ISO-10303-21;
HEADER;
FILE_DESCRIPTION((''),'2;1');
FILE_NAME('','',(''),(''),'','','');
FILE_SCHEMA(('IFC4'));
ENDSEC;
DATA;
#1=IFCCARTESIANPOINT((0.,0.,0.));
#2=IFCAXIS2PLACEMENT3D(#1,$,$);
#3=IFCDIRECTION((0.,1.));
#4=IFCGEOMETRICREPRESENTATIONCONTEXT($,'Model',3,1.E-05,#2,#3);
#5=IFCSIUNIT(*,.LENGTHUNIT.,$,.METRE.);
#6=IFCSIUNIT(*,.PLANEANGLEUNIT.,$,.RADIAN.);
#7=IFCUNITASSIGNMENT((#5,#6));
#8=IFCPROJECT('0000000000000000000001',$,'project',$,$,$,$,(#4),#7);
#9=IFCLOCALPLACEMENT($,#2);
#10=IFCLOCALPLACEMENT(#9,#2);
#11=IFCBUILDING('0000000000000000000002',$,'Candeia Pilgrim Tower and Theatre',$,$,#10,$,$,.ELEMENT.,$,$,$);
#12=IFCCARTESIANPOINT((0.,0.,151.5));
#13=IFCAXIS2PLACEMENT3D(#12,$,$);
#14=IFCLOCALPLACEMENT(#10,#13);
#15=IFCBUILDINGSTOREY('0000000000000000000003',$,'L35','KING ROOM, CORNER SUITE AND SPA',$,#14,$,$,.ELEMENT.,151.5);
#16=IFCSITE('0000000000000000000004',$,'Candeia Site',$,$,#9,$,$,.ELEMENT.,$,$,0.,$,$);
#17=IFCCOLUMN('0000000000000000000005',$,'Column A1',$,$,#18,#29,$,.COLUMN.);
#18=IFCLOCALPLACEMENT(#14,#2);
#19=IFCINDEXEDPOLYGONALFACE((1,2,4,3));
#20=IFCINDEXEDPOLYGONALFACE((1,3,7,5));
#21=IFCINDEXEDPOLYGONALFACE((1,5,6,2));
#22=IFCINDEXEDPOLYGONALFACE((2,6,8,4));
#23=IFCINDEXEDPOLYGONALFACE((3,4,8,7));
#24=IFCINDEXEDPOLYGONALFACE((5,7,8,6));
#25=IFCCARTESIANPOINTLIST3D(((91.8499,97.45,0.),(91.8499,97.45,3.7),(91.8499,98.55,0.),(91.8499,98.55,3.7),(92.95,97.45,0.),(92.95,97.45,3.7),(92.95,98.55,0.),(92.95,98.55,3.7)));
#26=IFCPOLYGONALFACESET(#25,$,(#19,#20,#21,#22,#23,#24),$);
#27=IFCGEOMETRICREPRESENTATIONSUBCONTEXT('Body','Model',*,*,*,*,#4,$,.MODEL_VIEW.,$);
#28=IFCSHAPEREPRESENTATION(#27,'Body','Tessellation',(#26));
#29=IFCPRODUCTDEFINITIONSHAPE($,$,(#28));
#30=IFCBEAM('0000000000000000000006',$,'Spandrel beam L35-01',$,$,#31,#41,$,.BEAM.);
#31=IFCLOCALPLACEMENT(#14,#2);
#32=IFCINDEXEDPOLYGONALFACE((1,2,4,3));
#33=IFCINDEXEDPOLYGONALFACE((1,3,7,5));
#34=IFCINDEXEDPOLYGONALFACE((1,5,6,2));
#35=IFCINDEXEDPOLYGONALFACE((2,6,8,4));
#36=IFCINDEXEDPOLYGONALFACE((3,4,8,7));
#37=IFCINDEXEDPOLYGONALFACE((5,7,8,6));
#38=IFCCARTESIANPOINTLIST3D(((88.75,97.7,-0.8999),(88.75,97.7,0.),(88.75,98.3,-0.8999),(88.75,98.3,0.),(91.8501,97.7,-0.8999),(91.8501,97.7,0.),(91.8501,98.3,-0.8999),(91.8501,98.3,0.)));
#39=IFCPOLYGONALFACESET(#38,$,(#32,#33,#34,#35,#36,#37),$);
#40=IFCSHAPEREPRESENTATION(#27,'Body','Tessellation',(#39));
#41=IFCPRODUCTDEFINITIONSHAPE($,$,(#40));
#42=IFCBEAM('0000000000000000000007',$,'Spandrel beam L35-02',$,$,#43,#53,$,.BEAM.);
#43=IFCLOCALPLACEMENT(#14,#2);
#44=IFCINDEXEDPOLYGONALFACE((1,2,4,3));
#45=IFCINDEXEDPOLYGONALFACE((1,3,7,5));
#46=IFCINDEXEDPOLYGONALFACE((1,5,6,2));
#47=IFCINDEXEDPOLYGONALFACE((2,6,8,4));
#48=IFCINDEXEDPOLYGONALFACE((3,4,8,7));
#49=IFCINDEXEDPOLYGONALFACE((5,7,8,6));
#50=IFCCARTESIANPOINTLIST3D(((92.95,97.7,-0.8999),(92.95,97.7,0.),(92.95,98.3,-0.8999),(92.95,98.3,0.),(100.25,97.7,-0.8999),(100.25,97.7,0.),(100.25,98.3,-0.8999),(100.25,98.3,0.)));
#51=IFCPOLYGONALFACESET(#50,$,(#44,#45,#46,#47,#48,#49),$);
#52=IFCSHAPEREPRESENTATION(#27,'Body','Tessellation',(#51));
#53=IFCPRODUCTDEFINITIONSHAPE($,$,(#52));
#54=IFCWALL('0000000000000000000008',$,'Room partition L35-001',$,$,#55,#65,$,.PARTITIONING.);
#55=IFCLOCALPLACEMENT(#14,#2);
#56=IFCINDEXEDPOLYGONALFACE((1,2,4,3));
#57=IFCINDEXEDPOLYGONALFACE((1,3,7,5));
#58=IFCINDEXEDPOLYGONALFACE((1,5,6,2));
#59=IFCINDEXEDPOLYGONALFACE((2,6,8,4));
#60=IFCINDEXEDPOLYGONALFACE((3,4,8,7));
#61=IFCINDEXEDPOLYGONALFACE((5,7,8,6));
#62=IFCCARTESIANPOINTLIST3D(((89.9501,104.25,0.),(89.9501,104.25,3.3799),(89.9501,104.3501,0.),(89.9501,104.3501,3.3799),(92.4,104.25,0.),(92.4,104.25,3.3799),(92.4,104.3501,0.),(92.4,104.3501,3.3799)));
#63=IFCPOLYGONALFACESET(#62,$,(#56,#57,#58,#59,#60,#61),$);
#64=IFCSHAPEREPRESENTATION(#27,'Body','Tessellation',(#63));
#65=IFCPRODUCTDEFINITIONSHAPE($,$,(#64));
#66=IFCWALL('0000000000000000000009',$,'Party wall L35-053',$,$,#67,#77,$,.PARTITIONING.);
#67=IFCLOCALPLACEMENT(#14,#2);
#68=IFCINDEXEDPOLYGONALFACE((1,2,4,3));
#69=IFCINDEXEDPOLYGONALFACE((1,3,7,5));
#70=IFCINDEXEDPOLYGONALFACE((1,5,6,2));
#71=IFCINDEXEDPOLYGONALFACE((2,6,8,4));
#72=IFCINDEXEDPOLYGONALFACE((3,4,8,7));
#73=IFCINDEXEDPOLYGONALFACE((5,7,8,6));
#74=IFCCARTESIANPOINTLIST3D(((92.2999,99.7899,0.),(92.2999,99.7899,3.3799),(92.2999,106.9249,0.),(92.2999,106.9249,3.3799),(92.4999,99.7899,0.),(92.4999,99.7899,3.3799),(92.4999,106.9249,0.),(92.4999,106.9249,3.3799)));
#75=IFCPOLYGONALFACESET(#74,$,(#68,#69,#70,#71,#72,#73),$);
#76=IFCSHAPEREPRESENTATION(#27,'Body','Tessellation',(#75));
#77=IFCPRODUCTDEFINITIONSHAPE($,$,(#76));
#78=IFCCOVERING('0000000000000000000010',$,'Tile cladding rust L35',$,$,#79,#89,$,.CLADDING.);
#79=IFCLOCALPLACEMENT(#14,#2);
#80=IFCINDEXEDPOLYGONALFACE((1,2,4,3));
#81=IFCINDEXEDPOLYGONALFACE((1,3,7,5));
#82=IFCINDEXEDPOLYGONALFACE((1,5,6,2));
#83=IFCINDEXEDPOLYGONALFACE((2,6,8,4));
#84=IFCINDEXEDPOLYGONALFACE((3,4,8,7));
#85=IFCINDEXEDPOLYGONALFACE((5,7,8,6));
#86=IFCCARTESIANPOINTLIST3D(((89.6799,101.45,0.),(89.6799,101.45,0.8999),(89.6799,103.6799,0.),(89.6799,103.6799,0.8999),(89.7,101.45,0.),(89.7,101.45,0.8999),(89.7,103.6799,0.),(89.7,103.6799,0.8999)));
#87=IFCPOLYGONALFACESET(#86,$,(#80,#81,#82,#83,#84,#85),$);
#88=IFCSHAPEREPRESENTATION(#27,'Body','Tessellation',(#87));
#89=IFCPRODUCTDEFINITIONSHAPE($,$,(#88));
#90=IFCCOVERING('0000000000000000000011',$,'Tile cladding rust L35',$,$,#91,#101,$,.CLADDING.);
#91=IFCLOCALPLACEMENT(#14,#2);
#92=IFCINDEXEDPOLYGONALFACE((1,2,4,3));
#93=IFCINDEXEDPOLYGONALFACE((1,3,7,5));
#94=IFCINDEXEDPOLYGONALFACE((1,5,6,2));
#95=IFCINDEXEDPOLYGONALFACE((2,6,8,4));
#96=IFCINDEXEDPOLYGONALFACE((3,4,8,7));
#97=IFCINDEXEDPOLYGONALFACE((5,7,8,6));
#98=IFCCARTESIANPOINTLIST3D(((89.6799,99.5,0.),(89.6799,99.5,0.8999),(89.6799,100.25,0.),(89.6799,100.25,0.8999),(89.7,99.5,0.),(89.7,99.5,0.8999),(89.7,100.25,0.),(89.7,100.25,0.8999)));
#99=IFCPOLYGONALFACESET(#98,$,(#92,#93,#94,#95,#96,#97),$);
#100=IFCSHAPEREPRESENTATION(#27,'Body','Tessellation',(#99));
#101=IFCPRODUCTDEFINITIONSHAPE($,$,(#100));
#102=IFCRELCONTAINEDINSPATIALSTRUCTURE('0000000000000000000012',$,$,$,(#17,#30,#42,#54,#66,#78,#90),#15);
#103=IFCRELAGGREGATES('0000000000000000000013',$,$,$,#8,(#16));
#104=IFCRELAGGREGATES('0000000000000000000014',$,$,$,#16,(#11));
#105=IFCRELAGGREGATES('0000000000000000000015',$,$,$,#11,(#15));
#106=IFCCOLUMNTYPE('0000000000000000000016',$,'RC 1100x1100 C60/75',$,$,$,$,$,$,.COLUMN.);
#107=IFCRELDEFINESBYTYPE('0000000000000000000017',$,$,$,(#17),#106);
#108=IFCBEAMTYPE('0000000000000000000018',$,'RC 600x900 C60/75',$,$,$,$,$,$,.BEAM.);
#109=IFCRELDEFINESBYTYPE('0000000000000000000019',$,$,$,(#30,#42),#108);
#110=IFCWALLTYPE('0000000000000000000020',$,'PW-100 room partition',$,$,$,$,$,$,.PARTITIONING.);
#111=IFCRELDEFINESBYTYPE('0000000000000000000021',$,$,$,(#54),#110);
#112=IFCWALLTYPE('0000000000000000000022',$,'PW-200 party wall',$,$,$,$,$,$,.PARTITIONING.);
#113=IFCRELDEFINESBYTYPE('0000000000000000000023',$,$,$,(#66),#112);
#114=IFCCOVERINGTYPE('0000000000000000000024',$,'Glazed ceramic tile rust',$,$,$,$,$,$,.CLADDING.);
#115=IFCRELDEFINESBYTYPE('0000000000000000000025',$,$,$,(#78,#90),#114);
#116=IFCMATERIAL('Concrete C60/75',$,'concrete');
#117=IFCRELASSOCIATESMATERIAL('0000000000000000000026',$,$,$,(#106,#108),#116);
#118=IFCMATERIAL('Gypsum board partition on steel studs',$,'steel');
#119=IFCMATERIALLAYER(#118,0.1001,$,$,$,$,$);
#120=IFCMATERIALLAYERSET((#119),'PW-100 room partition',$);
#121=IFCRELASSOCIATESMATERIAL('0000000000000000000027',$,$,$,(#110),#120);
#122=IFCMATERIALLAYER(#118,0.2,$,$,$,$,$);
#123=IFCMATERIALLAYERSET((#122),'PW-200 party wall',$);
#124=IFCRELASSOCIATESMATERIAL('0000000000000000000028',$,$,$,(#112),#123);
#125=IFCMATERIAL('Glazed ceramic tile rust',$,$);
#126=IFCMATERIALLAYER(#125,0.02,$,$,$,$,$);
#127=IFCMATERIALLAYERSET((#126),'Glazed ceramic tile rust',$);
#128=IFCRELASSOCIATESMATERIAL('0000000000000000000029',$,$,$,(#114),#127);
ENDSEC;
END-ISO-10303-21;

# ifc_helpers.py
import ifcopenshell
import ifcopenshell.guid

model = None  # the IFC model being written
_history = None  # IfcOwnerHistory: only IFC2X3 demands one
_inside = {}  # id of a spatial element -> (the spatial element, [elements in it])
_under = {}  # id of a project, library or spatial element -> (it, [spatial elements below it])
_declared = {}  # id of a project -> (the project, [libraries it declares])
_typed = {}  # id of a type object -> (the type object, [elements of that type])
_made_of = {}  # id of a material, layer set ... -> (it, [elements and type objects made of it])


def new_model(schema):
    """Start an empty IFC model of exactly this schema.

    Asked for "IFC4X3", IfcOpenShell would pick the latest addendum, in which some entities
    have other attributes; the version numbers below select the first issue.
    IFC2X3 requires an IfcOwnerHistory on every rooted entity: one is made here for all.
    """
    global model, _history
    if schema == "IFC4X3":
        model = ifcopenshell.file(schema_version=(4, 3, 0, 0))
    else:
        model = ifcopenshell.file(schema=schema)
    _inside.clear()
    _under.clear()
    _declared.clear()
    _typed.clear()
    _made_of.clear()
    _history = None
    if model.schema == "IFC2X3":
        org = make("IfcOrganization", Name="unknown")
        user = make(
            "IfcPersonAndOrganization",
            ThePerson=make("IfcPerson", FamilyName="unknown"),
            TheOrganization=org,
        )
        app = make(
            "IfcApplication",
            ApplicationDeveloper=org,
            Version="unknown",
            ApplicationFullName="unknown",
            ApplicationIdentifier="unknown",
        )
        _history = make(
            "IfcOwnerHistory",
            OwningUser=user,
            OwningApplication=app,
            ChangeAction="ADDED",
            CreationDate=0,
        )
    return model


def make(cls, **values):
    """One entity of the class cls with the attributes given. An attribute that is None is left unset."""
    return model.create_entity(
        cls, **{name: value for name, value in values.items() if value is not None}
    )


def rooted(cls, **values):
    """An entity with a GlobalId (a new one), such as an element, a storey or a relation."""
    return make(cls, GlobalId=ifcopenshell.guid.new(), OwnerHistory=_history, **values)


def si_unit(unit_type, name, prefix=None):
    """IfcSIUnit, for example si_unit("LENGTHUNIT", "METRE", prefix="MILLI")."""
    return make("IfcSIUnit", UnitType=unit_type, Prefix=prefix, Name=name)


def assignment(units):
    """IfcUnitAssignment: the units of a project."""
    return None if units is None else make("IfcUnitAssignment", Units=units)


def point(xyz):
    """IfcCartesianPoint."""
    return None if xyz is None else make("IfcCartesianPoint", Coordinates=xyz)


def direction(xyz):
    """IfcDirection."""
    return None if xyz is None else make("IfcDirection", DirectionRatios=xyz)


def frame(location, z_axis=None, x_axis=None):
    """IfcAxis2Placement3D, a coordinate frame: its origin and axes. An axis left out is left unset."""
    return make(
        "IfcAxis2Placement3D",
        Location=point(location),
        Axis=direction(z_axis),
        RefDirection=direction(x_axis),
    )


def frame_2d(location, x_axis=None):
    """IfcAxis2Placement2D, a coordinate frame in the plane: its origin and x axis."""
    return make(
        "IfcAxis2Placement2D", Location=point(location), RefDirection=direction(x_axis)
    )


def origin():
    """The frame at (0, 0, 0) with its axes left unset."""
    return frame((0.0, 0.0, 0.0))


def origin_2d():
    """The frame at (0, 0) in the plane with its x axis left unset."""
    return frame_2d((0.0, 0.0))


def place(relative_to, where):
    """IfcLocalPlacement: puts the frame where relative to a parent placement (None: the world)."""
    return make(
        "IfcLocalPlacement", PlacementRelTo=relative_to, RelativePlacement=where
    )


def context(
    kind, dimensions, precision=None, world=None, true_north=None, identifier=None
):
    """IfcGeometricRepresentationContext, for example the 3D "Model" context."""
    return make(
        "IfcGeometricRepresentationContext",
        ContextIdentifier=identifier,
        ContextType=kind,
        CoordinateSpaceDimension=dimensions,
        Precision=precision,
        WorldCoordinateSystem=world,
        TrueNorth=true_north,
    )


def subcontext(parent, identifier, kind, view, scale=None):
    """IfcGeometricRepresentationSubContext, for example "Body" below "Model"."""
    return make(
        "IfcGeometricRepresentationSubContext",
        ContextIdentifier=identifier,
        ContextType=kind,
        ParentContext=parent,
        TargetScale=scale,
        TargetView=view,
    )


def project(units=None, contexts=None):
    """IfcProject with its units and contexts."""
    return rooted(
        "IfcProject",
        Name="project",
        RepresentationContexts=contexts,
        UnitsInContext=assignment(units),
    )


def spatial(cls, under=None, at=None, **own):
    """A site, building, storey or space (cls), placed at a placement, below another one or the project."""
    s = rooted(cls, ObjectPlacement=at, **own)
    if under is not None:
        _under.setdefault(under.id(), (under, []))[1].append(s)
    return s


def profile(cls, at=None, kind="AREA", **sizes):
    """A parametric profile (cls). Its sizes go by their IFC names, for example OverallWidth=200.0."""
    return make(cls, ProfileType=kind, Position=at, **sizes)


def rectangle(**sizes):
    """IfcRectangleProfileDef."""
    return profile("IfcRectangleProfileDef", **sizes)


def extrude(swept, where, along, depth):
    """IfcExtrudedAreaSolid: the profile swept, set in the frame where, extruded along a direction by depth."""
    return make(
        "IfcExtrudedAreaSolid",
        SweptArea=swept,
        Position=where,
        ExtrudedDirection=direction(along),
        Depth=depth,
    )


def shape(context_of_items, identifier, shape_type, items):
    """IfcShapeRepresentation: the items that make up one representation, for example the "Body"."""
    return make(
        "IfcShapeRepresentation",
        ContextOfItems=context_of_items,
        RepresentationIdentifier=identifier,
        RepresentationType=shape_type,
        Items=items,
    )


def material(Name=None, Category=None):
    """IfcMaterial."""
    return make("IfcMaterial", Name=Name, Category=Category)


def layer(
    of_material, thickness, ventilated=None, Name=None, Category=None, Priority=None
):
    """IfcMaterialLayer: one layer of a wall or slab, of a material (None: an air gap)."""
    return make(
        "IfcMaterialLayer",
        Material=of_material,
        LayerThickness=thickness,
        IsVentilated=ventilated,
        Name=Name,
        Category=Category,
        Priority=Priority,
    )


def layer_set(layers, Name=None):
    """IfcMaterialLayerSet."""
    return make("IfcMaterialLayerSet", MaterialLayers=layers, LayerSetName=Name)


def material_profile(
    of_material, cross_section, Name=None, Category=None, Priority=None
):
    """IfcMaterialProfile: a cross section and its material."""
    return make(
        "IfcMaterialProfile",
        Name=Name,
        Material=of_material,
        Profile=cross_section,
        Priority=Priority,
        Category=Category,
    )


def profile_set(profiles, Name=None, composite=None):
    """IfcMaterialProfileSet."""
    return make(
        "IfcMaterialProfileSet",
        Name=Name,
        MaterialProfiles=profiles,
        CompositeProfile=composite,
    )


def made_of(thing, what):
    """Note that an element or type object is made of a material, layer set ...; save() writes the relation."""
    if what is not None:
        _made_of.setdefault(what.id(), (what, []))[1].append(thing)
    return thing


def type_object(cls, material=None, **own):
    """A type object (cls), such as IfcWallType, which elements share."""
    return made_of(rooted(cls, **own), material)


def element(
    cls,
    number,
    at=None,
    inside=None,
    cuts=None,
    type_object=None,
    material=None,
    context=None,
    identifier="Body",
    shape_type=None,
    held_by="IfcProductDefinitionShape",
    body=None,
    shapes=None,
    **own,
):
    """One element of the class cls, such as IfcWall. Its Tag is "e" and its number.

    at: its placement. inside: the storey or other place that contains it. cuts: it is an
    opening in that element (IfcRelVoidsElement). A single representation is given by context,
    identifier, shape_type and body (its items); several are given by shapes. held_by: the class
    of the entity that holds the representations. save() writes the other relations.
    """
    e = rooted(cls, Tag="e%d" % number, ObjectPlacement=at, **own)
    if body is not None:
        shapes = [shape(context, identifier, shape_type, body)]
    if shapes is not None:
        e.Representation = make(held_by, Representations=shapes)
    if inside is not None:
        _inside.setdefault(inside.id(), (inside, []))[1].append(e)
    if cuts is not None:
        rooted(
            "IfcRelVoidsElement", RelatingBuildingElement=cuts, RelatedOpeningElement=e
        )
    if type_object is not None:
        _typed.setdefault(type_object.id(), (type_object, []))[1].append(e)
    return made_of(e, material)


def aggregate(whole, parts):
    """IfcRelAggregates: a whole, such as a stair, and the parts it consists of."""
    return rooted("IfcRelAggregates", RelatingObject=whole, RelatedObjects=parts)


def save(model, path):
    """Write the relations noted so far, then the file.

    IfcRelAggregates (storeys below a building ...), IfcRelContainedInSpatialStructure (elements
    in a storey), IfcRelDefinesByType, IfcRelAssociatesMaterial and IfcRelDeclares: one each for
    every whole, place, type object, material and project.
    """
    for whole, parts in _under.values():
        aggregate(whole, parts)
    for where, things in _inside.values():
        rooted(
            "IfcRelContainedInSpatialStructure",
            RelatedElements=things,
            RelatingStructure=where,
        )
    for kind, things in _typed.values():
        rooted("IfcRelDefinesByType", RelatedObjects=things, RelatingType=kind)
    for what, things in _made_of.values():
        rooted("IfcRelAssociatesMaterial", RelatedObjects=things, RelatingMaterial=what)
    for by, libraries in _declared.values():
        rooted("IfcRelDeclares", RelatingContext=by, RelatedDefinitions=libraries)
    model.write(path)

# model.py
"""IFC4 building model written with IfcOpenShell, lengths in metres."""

from ifc_helpers import new_model, si_unit, direction, frame, frame_2d, origin, origin_2d, place, context, subcontext, project, spatial, rectangle, extrude, material, layer, layer_set, material_profile, profile_set, type_object, element, save


model = new_model("IFC4")

# Units and contexts
model_context = context("Model", 3, precision=1e-05, world=origin(), true_north=direction((0.0, 1.0)))
body_context = subcontext(model_context, "Body", "Model", "MODEL_VIEW")
ifc_project = project(units=[si_unit("LENGTHUNIT", "METRE"), si_unit("PLANEANGLEUNIT", "RADIAN")], contexts=[model_context])

# Site, building, storey
site_placement = place(None, origin())
site = spatial("IfcSite", under=ifc_project, at=site_placement, Name="Candeia Site", CompositionType="ELEMENT", RefElevation=0.0)
building_placement = place(site_placement, origin())
building = spatial("IfcBuilding", under=site, at=building_placement, Name="Candeia Pilgrim Tower and Theatre", CompositionType="ELEMENT")
storey_placement = place(building_placement, frame((0.0, 0.0, 151.5)))
storey = spatial("IfcBuildingStorey", under=building, at=storey_placement, Name="L35", Description="KING ROOM, CORNER SUITE AND SPA", CompositionType="ELEMENT", Elevation=151.5)

# Column
ifc_material_1 = material(Name="Concrete C60/75", Category="concrete")
ifc_material_profile_1 = material_profile(ifc_material_1, rectangle(XDim=1.1001, YDim=1.1001, at=origin_2d()))
ifc_profile_set_1 = profile_set([ifc_material_profile_1], Name="Concrete C60/75")
column_type = type_object("IfcColumnType", Name="RC 1100x1100 C60/75", PredefinedType="COLUMN", material=ifc_profile_set_1)
column_placement = place(storey_placement, frame((92.3999, 98.0, 0.0), z_axis=(0.0, 0.0, 1.0), x_axis=(1.0, 0.0, 0.0)))
element("IfcColumn", 1, at=column_placement, inside=storey, type_object=column_type, Name="Column A1", PredefinedType="COLUMN", context=body_context, shape_type="SweptSolid", body=[
    extrude(rectangle(XDim=1.1001, YDim=1.1001, at=origin_2d()), origin(), (0.0, 0.0, 1.0), 3.7),
])

# Beams
ifc_material_profile_2 = material_profile(ifc_material_1, rectangle(XDim=0.6001, YDim=0.8999, at=origin_2d()))
ifc_profile_set_2 = profile_set([ifc_material_profile_2], Name="Concrete C60/75")
beam_type = type_object("IfcBeamType", Name="RC 600x900 C60/75", PredefinedType="BEAM", material=ifc_profile_set_2)
beam_1_placement = place(storey_placement, frame((88.75, 98.0, -0.45), z_axis=(1.0, 0.0, 0.0), x_axis=(0.0, 1.0, 0.0)))
element("IfcBeam", 2, at=beam_1_placement, inside=storey, type_object=beam_type, Name="Spandrel beam L35-01", PredefinedType="BEAM", context=body_context, shape_type="SweptSolid", body=[
    extrude(rectangle(XDim=0.6001, YDim=0.8999, at=origin_2d()), origin(), (0.0, 0.0, 1.0), 3.1001),
])
beam_2_placement = place(storey_placement, frame((92.95, 98.0, -0.45), z_axis=(1.0, 0.0, 0.0), x_axis=(0.0, 1.0, 0.0)))
element("IfcBeam", 3, at=beam_2_placement, inside=storey, type_object=beam_type, Name="Spandrel beam L35-02", PredefinedType="BEAM", context=body_context, shape_type="SweptSolid", body=[
    extrude(rectangle(XDim=0.6001, YDim=0.8999, at=origin_2d()), origin(), (0.0, 0.0, 1.0), 7.3),
])

# Walls
ifc_material_2 = material(Name="Gypsum board partition on steel studs", Category="steel")
ifc_layer_1 = layer(ifc_material_2, 0.1001)
ifc_layer_set_1 = layer_set([ifc_layer_1], Name="PW-100 room partition")
wall_type_1 = type_object("IfcWallType", Name="PW-100 room partition", PredefinedType="PARTITIONING", material=ifc_layer_set_1)
wall_1_placement = place(storey_placement, frame((89.95, 104.3, 0.0), z_axis=(0.0, 0.0, 1.0), x_axis=(1.0, 0.0, 0.0)))
element("IfcWall", 4, at=wall_1_placement, inside=storey, type_object=wall_type_1, Name="Room partition L35-001", PredefinedType="PARTITIONING", context=body_context, shape_type="SweptSolid", body=[
    extrude(rectangle(XDim=2.45, YDim=0.1001, at=frame_2d((1.2251, 0.0))), origin(), (0.0, 0.0, 1.0), 3.3799),
])
ifc_layer_2 = layer(ifc_material_2, 0.2)
ifc_layer_set_2 = layer_set([ifc_layer_2], Name="PW-200 party wall")
wall_type_2 = type_object("IfcWallType", Name="PW-200 party wall", PredefinedType="PARTITIONING", material=ifc_layer_set_2)
wall_2_placement = place(storey_placement, frame((92.3999, 99.79, 0.0), z_axis=(0.0, 0.0, 1.0), x_axis=(0.0, 1.0, 0.0)))
element("IfcWall", 5, at=wall_2_placement, inside=storey, type_object=wall_type_2, Name="Party wall L35-053", PredefinedType="PARTITIONING", context=body_context, shape_type="SweptSolid", body=[
    extrude(rectangle(XDim=7.135, YDim=0.2, at=frame_2d((3.5674, 0.0))), origin(), (0.0, 0.0, 1.0), 3.3799),
])

# Coverings
ifc_material_3 = material(Name="Glazed ceramic tile rust")
ifc_layer_3 = layer(ifc_material_3, 0.02)
ifc_layer_set_3 = layer_set([ifc_layer_3], Name="Glazed ceramic tile rust")
covering_type = type_object("IfcCoveringType", Name="Glazed ceramic tile rust", PredefinedType="CLADDING", material=ifc_layer_set_3)
covering_1_placement = place(storey_placement, frame((89.6899, 102.5649, 0.0), z_axis=(0.0, 0.0, 1.0), x_axis=(0.0, -1.0, 0.0)))
element("IfcCovering", 6, at=covering_1_placement, inside=storey, type_object=covering_type, Name="Tile cladding rust L35", PredefinedType="CLADDING", context=body_context, shape_type="SweptSolid", body=[
    extrude(rectangle(XDim=2.23, YDim=0.02, at=origin_2d()), origin(), (0.0, 0.0, 1.0), 0.8999),
])
covering_2_placement = place(storey_placement, frame((89.6899, 99.875, 0.0), z_axis=(0.0, 0.0, 1.0), x_axis=(0.0, -1.0, 0.0)))
element("IfcCovering", 7, at=covering_2_placement, inside=storey, type_object=covering_type, Name="Tile cladding rust L35", PredefinedType="CLADDING", context=body_context, shape_type="SweptSolid", body=[
    extrude(rectangle(XDim=0.75, YDim=0.02, at=origin_2d()), origin(), (0.0, 0.0, 1.0), 0.8999),
])

save(model, "model.ifc")
